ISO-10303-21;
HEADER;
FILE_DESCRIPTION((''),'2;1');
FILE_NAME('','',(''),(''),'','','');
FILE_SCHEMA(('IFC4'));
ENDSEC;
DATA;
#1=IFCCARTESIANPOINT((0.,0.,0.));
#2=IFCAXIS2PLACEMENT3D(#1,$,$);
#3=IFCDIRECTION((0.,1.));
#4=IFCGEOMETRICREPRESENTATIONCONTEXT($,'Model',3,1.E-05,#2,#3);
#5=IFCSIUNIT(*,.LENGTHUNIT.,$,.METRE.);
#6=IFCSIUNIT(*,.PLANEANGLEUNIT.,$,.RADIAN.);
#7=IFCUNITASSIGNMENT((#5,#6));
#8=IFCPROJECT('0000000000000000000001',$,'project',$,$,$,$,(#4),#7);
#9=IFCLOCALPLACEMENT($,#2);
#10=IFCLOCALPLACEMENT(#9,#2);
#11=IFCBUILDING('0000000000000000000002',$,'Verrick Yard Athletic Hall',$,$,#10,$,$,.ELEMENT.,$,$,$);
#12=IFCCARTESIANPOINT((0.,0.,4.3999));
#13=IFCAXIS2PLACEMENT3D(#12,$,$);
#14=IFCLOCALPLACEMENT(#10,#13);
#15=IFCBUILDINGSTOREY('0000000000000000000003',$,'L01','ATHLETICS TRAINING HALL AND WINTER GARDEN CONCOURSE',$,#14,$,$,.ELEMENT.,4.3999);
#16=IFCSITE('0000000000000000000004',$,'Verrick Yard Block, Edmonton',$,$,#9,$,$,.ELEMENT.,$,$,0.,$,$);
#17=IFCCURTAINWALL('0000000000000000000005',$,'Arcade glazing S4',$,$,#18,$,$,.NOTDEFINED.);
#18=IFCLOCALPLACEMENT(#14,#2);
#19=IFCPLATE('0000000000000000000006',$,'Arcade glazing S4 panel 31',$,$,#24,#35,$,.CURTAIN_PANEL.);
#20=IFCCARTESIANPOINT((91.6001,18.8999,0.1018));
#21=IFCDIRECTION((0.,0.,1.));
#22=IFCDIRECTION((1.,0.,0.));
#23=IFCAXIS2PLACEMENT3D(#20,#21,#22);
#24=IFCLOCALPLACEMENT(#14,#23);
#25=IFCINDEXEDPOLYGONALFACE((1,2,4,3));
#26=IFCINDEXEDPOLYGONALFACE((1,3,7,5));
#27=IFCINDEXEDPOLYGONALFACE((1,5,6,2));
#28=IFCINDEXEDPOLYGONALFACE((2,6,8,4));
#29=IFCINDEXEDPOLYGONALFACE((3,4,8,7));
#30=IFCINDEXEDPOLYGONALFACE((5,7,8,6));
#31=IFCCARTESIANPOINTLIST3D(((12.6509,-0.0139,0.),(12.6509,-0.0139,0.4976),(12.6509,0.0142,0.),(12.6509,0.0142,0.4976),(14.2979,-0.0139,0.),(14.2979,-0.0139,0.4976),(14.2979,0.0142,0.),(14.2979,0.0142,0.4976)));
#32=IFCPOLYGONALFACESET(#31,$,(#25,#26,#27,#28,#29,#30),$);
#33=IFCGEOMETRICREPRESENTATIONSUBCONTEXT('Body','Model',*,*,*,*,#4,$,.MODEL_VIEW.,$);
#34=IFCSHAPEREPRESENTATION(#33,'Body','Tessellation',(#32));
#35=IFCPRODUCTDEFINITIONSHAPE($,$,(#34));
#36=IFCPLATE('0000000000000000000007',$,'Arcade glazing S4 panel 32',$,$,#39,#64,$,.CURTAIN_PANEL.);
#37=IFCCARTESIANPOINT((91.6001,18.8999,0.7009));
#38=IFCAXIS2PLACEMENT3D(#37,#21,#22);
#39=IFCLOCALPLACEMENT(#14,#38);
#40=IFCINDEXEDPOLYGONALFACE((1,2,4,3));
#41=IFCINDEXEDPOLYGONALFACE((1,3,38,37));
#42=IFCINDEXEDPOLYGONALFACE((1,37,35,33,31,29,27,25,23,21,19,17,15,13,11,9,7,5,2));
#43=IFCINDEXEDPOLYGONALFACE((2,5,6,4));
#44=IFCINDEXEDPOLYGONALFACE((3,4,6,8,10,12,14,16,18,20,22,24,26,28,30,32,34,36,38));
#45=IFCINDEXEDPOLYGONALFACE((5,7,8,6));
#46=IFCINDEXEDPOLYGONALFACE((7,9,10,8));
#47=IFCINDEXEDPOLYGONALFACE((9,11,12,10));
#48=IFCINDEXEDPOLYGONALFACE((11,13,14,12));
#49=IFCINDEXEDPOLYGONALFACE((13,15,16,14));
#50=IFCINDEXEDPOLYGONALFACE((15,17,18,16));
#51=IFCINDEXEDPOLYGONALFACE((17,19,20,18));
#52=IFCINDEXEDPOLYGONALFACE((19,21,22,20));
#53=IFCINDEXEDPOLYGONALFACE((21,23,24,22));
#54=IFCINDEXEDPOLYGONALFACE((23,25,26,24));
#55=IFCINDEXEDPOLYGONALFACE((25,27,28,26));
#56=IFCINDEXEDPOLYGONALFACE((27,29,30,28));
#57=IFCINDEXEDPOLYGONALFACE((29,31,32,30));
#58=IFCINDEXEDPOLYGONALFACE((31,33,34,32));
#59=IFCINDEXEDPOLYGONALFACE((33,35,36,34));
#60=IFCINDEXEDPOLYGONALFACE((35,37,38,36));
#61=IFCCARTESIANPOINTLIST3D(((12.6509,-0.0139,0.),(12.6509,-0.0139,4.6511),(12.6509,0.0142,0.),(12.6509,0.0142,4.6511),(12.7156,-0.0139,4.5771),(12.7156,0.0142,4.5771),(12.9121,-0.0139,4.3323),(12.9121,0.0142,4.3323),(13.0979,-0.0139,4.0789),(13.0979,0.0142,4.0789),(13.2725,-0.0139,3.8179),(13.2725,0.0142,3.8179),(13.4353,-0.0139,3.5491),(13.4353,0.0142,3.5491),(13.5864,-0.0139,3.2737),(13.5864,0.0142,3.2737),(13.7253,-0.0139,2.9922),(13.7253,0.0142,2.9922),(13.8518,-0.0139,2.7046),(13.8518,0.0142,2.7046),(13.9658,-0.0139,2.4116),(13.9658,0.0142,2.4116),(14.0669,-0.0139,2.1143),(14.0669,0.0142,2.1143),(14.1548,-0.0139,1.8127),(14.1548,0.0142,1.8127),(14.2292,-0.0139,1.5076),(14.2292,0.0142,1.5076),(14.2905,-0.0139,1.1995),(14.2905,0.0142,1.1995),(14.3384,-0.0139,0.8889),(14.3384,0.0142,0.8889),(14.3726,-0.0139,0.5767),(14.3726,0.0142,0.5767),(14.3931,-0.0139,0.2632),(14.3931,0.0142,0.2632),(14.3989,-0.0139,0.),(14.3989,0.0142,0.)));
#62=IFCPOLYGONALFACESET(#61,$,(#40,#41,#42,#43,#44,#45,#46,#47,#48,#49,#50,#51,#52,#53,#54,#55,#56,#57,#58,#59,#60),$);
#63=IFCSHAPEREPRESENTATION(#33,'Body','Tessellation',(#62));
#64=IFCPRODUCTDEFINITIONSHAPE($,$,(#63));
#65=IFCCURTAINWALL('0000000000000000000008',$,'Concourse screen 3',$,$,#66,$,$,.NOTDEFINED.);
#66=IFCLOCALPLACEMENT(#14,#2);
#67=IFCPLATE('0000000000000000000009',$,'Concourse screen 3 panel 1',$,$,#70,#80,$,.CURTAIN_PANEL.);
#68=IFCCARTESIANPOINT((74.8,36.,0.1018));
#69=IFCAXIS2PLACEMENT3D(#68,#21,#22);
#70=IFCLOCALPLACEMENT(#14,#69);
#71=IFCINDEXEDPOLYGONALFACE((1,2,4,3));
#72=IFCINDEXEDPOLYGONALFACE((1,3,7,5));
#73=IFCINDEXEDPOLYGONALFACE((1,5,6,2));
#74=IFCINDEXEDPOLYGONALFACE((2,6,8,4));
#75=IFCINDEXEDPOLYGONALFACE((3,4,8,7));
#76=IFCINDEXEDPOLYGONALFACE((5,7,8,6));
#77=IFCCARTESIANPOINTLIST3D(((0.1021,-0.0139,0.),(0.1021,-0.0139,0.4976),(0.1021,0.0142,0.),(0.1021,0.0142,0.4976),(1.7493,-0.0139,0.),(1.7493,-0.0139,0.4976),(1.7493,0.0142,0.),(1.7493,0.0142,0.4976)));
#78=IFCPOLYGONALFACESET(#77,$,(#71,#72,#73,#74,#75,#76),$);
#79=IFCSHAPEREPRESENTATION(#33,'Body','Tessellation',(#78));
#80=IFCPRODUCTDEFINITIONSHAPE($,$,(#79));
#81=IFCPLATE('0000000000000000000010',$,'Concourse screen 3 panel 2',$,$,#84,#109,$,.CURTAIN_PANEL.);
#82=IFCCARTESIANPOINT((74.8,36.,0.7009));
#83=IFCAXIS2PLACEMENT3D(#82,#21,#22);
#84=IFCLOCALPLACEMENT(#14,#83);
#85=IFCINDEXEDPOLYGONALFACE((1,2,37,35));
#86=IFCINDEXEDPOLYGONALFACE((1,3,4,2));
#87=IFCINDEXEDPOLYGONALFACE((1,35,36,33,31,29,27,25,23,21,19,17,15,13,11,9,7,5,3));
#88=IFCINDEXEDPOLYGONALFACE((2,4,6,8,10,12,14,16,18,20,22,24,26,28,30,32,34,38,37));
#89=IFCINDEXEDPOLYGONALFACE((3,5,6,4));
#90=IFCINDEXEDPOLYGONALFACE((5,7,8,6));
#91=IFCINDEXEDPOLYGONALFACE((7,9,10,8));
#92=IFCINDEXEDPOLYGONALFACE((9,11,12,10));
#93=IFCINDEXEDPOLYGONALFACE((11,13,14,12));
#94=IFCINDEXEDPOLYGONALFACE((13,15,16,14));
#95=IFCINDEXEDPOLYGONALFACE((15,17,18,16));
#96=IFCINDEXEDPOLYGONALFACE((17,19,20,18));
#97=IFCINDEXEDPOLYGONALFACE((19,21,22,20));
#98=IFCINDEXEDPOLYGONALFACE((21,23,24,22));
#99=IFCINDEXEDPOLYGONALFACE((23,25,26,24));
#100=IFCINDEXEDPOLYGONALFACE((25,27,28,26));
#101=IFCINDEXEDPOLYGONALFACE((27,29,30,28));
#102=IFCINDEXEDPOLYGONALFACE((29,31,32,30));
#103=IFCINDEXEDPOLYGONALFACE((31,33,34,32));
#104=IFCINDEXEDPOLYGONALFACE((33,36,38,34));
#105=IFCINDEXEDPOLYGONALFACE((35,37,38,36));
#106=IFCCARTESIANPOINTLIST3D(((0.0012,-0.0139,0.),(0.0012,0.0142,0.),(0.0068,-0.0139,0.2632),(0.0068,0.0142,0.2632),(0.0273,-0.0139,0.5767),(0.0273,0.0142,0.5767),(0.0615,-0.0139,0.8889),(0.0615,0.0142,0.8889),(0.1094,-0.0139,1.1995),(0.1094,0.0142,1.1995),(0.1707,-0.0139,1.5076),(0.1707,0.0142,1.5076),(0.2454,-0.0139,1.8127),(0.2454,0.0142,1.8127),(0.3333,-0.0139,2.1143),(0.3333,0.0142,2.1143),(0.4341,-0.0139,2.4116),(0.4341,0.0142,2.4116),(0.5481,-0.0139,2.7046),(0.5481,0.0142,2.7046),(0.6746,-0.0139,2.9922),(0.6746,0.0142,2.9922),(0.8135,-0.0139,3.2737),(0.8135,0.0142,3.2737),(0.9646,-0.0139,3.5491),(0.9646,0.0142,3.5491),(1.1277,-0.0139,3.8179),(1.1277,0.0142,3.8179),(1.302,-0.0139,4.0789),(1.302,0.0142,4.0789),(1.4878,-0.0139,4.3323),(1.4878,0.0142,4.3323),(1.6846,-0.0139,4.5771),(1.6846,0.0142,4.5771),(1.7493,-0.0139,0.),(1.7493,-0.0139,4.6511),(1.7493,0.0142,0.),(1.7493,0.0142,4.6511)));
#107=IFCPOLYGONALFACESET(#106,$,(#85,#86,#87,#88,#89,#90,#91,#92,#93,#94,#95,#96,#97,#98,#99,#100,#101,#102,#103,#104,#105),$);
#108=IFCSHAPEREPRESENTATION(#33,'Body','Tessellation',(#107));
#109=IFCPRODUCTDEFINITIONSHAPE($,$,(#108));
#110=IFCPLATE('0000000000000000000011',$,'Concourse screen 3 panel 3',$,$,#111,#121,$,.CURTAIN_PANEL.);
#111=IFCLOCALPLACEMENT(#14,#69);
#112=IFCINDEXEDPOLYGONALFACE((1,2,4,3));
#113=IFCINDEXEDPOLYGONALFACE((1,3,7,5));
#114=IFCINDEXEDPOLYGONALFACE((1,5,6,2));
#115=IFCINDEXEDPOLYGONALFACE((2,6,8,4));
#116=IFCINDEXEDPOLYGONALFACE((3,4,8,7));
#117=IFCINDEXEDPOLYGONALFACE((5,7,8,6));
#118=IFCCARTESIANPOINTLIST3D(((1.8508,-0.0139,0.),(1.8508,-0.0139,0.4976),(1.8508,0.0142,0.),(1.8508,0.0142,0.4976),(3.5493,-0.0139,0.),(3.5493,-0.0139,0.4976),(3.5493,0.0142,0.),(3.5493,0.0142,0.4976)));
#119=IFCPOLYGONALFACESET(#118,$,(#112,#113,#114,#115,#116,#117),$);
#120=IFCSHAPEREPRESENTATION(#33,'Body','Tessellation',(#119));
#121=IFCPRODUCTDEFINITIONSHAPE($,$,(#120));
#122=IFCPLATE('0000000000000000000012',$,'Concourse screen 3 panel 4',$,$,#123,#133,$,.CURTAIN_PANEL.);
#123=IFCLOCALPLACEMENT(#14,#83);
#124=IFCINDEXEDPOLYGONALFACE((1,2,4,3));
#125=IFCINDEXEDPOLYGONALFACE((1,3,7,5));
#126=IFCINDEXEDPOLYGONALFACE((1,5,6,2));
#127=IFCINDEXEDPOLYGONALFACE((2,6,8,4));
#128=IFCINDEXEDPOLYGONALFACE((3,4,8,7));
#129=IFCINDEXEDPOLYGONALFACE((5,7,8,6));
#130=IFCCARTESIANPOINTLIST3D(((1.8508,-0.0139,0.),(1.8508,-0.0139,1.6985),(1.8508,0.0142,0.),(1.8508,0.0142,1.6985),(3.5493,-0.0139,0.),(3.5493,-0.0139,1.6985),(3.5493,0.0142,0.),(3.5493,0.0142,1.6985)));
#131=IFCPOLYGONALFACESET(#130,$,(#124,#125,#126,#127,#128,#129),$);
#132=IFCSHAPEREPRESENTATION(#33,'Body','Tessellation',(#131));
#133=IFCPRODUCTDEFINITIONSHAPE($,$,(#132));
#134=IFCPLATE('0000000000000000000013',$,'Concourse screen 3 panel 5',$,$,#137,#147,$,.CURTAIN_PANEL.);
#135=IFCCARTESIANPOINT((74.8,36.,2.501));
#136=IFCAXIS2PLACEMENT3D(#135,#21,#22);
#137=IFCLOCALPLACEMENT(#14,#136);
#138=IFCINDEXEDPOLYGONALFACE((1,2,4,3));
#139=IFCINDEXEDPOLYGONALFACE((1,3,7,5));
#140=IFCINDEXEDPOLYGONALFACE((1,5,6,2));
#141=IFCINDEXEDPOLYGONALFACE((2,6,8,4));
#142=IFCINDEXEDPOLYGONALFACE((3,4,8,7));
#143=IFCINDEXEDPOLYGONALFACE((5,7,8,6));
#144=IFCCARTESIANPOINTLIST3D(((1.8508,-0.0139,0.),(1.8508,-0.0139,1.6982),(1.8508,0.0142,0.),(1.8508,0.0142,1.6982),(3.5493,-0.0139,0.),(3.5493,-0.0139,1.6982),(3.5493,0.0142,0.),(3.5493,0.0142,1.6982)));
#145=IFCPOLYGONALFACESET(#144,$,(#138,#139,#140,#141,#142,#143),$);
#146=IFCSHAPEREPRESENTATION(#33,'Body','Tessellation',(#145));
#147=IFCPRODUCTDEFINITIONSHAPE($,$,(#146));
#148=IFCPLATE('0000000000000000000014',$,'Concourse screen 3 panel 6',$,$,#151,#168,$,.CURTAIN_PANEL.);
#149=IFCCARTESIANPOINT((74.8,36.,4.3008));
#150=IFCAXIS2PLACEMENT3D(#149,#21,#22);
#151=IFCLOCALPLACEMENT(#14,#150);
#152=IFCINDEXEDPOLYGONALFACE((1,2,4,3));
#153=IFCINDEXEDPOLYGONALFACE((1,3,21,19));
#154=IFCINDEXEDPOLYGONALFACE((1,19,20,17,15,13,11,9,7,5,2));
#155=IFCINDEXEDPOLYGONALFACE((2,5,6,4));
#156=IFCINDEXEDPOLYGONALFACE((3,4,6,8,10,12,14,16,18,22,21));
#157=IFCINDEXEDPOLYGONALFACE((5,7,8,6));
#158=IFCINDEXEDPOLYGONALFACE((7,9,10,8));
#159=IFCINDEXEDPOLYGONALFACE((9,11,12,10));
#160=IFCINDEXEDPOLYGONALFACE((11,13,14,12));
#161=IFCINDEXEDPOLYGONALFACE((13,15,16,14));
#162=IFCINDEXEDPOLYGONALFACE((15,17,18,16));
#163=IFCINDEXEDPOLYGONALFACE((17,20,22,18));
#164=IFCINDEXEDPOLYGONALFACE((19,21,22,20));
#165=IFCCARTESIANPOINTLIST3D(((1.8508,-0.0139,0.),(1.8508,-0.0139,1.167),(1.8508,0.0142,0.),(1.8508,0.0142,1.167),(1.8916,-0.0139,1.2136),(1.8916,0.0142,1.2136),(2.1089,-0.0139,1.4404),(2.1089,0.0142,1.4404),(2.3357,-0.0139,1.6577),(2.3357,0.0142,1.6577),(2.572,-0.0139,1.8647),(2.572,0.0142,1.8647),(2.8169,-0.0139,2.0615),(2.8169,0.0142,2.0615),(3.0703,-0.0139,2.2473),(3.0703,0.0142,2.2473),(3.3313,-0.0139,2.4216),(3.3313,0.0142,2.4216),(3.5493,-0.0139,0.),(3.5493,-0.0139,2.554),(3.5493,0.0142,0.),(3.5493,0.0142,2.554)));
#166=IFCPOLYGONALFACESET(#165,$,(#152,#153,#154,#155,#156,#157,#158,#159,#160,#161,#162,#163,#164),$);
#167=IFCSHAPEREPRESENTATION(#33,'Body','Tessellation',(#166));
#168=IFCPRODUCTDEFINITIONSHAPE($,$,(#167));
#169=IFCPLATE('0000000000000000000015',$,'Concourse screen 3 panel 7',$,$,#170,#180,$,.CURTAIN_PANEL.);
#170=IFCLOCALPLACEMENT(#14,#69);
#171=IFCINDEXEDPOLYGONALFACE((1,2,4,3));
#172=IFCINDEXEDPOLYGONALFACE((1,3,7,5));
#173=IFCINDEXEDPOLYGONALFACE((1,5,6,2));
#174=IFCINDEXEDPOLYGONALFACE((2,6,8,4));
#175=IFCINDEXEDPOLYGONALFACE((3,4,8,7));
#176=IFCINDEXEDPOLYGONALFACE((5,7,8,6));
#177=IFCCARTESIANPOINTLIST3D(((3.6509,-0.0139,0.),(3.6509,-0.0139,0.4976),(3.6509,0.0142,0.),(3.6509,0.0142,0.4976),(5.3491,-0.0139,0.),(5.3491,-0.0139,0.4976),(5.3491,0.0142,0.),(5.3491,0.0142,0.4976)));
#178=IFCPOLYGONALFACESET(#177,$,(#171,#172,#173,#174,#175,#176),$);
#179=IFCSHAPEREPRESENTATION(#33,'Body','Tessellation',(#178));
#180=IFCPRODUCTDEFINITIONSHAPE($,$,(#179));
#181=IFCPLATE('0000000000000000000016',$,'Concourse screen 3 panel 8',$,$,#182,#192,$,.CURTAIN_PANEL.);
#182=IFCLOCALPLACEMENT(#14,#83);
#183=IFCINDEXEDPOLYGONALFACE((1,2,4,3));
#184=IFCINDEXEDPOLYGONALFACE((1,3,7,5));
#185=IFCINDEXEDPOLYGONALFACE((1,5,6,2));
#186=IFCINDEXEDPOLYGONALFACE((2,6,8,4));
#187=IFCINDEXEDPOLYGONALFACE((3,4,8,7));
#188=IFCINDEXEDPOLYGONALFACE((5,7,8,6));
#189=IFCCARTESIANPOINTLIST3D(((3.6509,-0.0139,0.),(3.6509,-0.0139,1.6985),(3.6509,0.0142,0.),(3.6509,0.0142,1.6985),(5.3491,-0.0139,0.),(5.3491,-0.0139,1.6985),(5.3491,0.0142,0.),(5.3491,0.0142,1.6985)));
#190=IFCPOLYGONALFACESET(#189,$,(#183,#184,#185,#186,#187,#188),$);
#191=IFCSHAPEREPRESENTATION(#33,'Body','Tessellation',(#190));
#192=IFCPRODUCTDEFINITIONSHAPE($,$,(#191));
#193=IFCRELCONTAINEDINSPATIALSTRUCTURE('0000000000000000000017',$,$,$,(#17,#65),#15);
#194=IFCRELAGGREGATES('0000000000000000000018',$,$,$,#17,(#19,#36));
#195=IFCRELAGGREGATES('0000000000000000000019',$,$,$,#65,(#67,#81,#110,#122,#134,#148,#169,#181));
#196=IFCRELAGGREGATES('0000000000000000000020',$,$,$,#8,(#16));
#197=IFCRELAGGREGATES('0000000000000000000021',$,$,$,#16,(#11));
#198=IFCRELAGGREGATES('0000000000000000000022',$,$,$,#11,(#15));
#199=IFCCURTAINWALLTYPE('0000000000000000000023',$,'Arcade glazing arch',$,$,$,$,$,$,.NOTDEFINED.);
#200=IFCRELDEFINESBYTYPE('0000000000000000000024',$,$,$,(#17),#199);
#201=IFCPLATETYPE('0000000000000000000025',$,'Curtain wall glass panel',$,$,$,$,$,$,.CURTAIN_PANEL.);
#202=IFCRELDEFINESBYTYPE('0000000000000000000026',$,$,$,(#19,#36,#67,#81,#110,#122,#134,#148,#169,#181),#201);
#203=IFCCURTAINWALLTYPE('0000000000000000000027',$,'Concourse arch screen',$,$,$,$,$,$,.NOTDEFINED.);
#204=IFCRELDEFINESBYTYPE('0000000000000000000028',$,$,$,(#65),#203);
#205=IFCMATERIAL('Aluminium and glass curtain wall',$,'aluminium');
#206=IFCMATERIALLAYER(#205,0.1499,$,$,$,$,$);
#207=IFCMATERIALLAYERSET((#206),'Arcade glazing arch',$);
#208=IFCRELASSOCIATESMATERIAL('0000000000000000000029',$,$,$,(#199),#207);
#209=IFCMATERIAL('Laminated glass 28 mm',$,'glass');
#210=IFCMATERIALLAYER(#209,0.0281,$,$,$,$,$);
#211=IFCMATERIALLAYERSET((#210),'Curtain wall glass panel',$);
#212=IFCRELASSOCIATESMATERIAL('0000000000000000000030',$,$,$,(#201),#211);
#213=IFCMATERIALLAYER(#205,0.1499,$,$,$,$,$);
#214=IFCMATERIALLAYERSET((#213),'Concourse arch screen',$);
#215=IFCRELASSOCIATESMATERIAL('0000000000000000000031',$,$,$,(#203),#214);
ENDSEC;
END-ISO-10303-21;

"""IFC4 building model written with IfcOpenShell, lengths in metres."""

from ifc_helpers import new_model, si_unit, direction, frame, origin, place, context, subcontext, project, spatial, polyline, outline, extrude, material, layer, layer_set, type_object, element, aggregate, save


model = new_model("IFC4")

# Units and contexts
model_context = context("Model", 3, precision=1e-05, world=origin(), true_north=direction((0.0, 1.0)))
body_context = subcontext(model_context, "Body", "Model", "MODEL_VIEW")
ifc_project = project(units=[si_unit("LENGTHUNIT", "METRE"), si_unit("PLANEANGLEUNIT", "RADIAN")], contexts=[model_context])

# Site, building, storey
site_placement = place(None, origin())
site = spatial("IfcSite", under=ifc_project, at=site_placement, Name="Verrick Yard Block, Edmonton", CompositionType="ELEMENT", RefElevation=0.0)
building_placement = place(site_placement, origin())
building = spatial("IfcBuilding", under=site, at=building_placement, Name="Verrick Yard Athletic Hall", CompositionType="ELEMENT")
storey_placement = place(building_placement, frame((0.0, 0.0, 4.3999)))
storey = spatial("IfcBuildingStorey", under=building, at=storey_placement, Name="L01", Description="ATHLETICS TRAINING HALL AND WINTER GARDEN CONCOURSE", CompositionType="ELEMENT", Elevation=4.3999)

# Curtain walls, plates
ifc_material_1 = material(Name="Aluminium and glass curtain wall", Category="aluminium")
ifc_layer_1 = layer(ifc_material_1, 0.1499)
ifc_layer_set_1 = layer_set([ifc_layer_1], Name="Arcade glazing arch")
curtain_wall_type_1 = type_object("IfcCurtainWallType", Name="Arcade glazing arch", PredefinedType="NOTDEFINED", material=ifc_layer_set_1)
curtain_wall_1_placement = place(storey_placement, origin())
curtain_wall_1 = element("IfcCurtainWall", 1, at=curtain_wall_1_placement, inside=storey, type_object=curtain_wall_type_1, Name="Arcade glazing S4", PredefinedType="NOTDEFINED")
ifc_material_2 = material(Name="Laminated glass 28 mm", Category="glass")
ifc_layer_2 = layer(ifc_material_2, 0.0281)
ifc_layer_set_2 = layer_set([ifc_layer_2], Name="Curtain wall glass panel")
plate_type = type_object("IfcPlateType", Name="Curtain wall glass panel", PredefinedType="CURTAIN_PANEL", material=ifc_layer_set_2)
plate_1_placement = place(storey_placement, frame((91.6001, 18.8999, 0.1018), z_axis=(0.0, 0.0, 1.0), x_axis=(1.0, 0.0, 0.0)))
plate_1 = element("IfcPlate", 2, at=plate_1_placement, type_object=plate_type, Name="Arcade glazing S4 panel 31", PredefinedType="CURTAIN_PANEL", context=body_context, shape_type="SweptSolid", body=[
    extrude(outline(polyline([(14.2979, 0.0), (14.2979, 0.4976), (12.6509, 0.4976), (12.6509, 0.0), (14.2979, 0.0)])), frame((0.0, 0.0142, 0.0), z_axis=(0.0, -1.0, 0.0), x_axis=(1.0, 0.0, 0.0)), (0.0, 0.0, 1.0), 0.0281),
])
plate_2_placement = place(storey_placement, frame((91.6001, 18.8999, 0.7009), z_axis=(0.0, 0.0, 1.0), x_axis=(1.0, 0.0, 0.0)))
plate_2 = element("IfcPlate", 3, at=plate_2_placement, type_object=plate_type, Name="Arcade glazing S4 panel 32", PredefinedType="CURTAIN_PANEL", context=body_context, shape_type="SweptSolid", body=[
    extrude(outline(polyline([(14.3989, 0.0), (14.3931, 0.2632), (14.3726, 0.5767), (14.3384, 0.8889), (14.2905, 1.1995), (14.2292, 1.5076), (14.1548, 1.8127), (14.0669, 2.1143), (13.9658, 2.4116), (13.8518, 2.7046), (13.7253, 2.9922), (13.5864, 3.2737), (13.4353, 3.5491), (13.2725, 3.8179), (13.0979, 4.0789), (12.9121, 4.3323), (12.7156, 4.5771), (12.6509, 4.6511), (12.6509, 0.0), (14.3989, 0.0)])), frame((0.0, 0.0142, 0.0), z_axis=(0.0, -1.0, 0.0), x_axis=(1.0, 0.0, 0.0)), (0.0, 0.0, 1.0), 0.0281),
])
aggregate(curtain_wall_1, [plate_1, plate_2])
ifc_layer_3 = layer(ifc_material_1, 0.1499)
ifc_layer_set_3 = layer_set([ifc_layer_3], Name="Concourse arch screen")
curtain_wall_type_2 = type_object("IfcCurtainWallType", Name="Concourse arch screen", PredefinedType="NOTDEFINED", material=ifc_layer_set_3)
curtain_wall_2_placement = place(storey_placement, origin())
curtain_wall_2 = element("IfcCurtainWall", 4, at=curtain_wall_2_placement, inside=storey, type_object=curtain_wall_type_2, Name="Concourse screen 3", PredefinedType="NOTDEFINED")
plate_3_placement = place(storey_placement, frame((74.8, 36.0, 0.1018), z_axis=(0.0, 0.0, 1.0), x_axis=(1.0, 0.0, 0.0)))
plate_3 = element("IfcPlate", 5, at=plate_3_placement, type_object=plate_type, Name="Concourse screen 3 panel 1", PredefinedType="CURTAIN_PANEL", context=body_context, shape_type="SweptSolid", body=[
    extrude(outline(polyline([(1.7493, 0.0), (1.7493, 0.4976), (0.1021, 0.4976), (0.1021, 0.0), (1.7493, 0.0)])), frame((0.0, 0.0142, 0.0), z_axis=(0.0, -1.0, 0.0), x_axis=(1.0, 0.0, 0.0)), (0.0, 0.0, 1.0), 0.0281),
])
plate_4_placement = place(storey_placement, frame((74.8, 36.0, 0.7009), z_axis=(0.0, 0.0, 1.0), x_axis=(1.0, 0.0, 0.0)))
plate_4 = element("IfcPlate", 6, at=plate_4_placement, type_object=plate_type, Name="Concourse screen 3 panel 2", PredefinedType="CURTAIN_PANEL", context=body_context, shape_type="SweptSolid", body=[
    extrude(outline(polyline([(1.7493, 4.6511), (1.6846, 4.5771), (1.4878, 4.3323), (1.302, 4.0789), (1.1277, 3.8179), (0.9646, 3.5491), (0.8135, 3.2737), (0.6746, 2.9922), (0.5481, 2.7046), (0.4341, 2.4116), (0.3333, 2.1143), (0.2454, 1.8127), (0.1707, 1.5076), (0.1094, 1.1995), (0.0615, 0.8889), (0.0273, 0.5767), (0.0068, 0.2632), (0.0012, 0.0), (1.7493, 0.0), (1.7493, 4.6511)])), frame((0.0, 0.0142, 0.0), z_axis=(0.0, -1.0, 0.0), x_axis=(1.0, 0.0, 0.0)), (0.0, 0.0, 1.0), 0.0281),
])
plate_5_placement = place(storey_placement, frame((74.8, 36.0, 0.1018), z_axis=(0.0, 0.0, 1.0), x_axis=(1.0, 0.0, 0.0)))
plate_5 = element("IfcPlate", 7, at=plate_5_placement, type_object=plate_type, Name="Concourse screen 3 panel 3", PredefinedType="CURTAIN_PANEL", context=body_context, shape_type="SweptSolid", body=[
    extrude(outline(polyline([(3.5493, 0.0), (3.5493, 0.4976), (1.8508, 0.4976), (1.8508, 0.0), (3.5493, 0.0)])), frame((0.0, 0.0142, 0.0), z_axis=(0.0, -1.0, 0.0), x_axis=(1.0, 0.0, 0.0)), (0.0, 0.0, 1.0), 0.0281),
])
plate_6_placement = place(storey_placement, frame((74.8, 36.0, 0.7009), z_axis=(0.0, 0.0, 1.0), x_axis=(1.0, 0.0, 0.0)))
plate_6 = element("IfcPlate", 8, at=plate_6_placement, type_object=plate_type, Name="Concourse screen 3 panel 4", PredefinedType="CURTAIN_PANEL", context=body_context, shape_type="SweptSolid", body=[
    extrude(outline(polyline([(3.5493, 0.0), (3.5493, 1.6985), (1.8508, 1.6985), (1.8508, 0.0), (3.5493, 0.0)])), frame((0.0, 0.0142, 0.0), z_axis=(0.0, -1.0, 0.0), x_axis=(1.0, 0.0, 0.0)), (0.0, 0.0, 1.0), 0.0281),
])
plate_7_placement = place(storey_placement, frame((74.8, 36.0, 2.501), z_axis=(0.0, 0.0, 1.0), x_axis=(1.0, 0.0, 0.0)))
plate_7 = element("IfcPlate", 9, at=plate_7_placement, type_object=plate_type, Name="Concourse screen 3 panel 5", PredefinedType="CURTAIN_PANEL", context=body_context, shape_type="SweptSolid", body=[
    extrude(outline(polyline([(3.5493, 0.0), (3.5493, 1.6982), (1.8508, 1.6982), (1.8508, 0.0), (3.5493, 0.0)])), frame((0.0, 0.0142, 0.0), z_axis=(0.0, -1.0, 0.0), x_axis=(1.0, 0.0, 0.0)), (0.0, 0.0, 1.0), 0.0281),
])
plate_8_placement = place(storey_placement, frame((74.8, 36.0, 4.3008), z_axis=(0.0, 0.0, 1.0), x_axis=(1.0, 0.0, 0.0)))
plate_8 = element("IfcPlate", 10, at=plate_8_placement, type_object=plate_type, Name="Concourse screen 3 panel 6", PredefinedType="CURTAIN_PANEL", context=body_context, shape_type="SweptSolid", body=[
    extrude(outline(polyline([(3.5493, 2.554), (3.3313, 2.4216), (3.0703, 2.2473), (2.8169, 2.0615), (2.572, 1.8647), (2.3357, 1.6577), (2.1089, 1.4404), (1.8916, 1.2136), (1.8508, 1.167), (1.8508, 0.0), (3.5493, 0.0), (3.5493, 2.554)])), frame((0.0, 0.0142, 0.0), z_axis=(0.0, -1.0, 0.0), x_axis=(1.0, 0.0, 0.0)), (0.0, 0.0, 1.0), 0.0281),
])
plate_9_placement = place(storey_placement, frame((74.8, 36.0, 0.1018), z_axis=(0.0, 0.0, 1.0), x_axis=(1.0, 0.0, 0.0)))
plate_9 = element("IfcPlate", 11, at=plate_9_placement, type_object=plate_type, Name="Concourse screen 3 panel 7", PredefinedType="CURTAIN_PANEL", context=body_context, shape_type="SweptSolid", body=[
    extrude(outline(polyline([(5.3491, 0.0), (5.3491, 0.4976), (3.6509, 0.4976), (3.6509, 0.0), (5.3491, 0.0)])), frame((0.0, 0.0142, 0.0), z_axis=(0.0, -1.0, 0.0), x_axis=(1.0, 0.0, 0.0)), (0.0, 0.0, 1.0), 0.0281),
])
plate_10_placement = place(storey_placement, frame((74.8, 36.0, 0.7009), z_axis=(0.0, 0.0, 1.0), x_axis=(1.0, 0.0, 0.0)))
plate_10 = element("IfcPlate", 12, at=plate_10_placement, type_object=plate_type, Name="Concourse screen 3 panel 8", PredefinedType="CURTAIN_PANEL", context=body_context, shape_type="SweptSolid", body=[
    extrude(outline(polyline([(5.3491, 0.0), (5.3491, 1.6985), (3.6509, 1.6985), (3.6509, 0.0), (5.3491, 0.0)])), frame((0.0, 0.0142, 0.0), z_axis=(0.0, -1.0, 0.0), x_axis=(1.0, 0.0, 0.0)), (0.0, 0.0, 1.0), 0.0281),
])
aggregate(curtain_wall_2, [plate_3, plate_4, plate_5, plate_6, plate_7, plate_8, plate_9, plate_10])

save(model, "model.ifc")
